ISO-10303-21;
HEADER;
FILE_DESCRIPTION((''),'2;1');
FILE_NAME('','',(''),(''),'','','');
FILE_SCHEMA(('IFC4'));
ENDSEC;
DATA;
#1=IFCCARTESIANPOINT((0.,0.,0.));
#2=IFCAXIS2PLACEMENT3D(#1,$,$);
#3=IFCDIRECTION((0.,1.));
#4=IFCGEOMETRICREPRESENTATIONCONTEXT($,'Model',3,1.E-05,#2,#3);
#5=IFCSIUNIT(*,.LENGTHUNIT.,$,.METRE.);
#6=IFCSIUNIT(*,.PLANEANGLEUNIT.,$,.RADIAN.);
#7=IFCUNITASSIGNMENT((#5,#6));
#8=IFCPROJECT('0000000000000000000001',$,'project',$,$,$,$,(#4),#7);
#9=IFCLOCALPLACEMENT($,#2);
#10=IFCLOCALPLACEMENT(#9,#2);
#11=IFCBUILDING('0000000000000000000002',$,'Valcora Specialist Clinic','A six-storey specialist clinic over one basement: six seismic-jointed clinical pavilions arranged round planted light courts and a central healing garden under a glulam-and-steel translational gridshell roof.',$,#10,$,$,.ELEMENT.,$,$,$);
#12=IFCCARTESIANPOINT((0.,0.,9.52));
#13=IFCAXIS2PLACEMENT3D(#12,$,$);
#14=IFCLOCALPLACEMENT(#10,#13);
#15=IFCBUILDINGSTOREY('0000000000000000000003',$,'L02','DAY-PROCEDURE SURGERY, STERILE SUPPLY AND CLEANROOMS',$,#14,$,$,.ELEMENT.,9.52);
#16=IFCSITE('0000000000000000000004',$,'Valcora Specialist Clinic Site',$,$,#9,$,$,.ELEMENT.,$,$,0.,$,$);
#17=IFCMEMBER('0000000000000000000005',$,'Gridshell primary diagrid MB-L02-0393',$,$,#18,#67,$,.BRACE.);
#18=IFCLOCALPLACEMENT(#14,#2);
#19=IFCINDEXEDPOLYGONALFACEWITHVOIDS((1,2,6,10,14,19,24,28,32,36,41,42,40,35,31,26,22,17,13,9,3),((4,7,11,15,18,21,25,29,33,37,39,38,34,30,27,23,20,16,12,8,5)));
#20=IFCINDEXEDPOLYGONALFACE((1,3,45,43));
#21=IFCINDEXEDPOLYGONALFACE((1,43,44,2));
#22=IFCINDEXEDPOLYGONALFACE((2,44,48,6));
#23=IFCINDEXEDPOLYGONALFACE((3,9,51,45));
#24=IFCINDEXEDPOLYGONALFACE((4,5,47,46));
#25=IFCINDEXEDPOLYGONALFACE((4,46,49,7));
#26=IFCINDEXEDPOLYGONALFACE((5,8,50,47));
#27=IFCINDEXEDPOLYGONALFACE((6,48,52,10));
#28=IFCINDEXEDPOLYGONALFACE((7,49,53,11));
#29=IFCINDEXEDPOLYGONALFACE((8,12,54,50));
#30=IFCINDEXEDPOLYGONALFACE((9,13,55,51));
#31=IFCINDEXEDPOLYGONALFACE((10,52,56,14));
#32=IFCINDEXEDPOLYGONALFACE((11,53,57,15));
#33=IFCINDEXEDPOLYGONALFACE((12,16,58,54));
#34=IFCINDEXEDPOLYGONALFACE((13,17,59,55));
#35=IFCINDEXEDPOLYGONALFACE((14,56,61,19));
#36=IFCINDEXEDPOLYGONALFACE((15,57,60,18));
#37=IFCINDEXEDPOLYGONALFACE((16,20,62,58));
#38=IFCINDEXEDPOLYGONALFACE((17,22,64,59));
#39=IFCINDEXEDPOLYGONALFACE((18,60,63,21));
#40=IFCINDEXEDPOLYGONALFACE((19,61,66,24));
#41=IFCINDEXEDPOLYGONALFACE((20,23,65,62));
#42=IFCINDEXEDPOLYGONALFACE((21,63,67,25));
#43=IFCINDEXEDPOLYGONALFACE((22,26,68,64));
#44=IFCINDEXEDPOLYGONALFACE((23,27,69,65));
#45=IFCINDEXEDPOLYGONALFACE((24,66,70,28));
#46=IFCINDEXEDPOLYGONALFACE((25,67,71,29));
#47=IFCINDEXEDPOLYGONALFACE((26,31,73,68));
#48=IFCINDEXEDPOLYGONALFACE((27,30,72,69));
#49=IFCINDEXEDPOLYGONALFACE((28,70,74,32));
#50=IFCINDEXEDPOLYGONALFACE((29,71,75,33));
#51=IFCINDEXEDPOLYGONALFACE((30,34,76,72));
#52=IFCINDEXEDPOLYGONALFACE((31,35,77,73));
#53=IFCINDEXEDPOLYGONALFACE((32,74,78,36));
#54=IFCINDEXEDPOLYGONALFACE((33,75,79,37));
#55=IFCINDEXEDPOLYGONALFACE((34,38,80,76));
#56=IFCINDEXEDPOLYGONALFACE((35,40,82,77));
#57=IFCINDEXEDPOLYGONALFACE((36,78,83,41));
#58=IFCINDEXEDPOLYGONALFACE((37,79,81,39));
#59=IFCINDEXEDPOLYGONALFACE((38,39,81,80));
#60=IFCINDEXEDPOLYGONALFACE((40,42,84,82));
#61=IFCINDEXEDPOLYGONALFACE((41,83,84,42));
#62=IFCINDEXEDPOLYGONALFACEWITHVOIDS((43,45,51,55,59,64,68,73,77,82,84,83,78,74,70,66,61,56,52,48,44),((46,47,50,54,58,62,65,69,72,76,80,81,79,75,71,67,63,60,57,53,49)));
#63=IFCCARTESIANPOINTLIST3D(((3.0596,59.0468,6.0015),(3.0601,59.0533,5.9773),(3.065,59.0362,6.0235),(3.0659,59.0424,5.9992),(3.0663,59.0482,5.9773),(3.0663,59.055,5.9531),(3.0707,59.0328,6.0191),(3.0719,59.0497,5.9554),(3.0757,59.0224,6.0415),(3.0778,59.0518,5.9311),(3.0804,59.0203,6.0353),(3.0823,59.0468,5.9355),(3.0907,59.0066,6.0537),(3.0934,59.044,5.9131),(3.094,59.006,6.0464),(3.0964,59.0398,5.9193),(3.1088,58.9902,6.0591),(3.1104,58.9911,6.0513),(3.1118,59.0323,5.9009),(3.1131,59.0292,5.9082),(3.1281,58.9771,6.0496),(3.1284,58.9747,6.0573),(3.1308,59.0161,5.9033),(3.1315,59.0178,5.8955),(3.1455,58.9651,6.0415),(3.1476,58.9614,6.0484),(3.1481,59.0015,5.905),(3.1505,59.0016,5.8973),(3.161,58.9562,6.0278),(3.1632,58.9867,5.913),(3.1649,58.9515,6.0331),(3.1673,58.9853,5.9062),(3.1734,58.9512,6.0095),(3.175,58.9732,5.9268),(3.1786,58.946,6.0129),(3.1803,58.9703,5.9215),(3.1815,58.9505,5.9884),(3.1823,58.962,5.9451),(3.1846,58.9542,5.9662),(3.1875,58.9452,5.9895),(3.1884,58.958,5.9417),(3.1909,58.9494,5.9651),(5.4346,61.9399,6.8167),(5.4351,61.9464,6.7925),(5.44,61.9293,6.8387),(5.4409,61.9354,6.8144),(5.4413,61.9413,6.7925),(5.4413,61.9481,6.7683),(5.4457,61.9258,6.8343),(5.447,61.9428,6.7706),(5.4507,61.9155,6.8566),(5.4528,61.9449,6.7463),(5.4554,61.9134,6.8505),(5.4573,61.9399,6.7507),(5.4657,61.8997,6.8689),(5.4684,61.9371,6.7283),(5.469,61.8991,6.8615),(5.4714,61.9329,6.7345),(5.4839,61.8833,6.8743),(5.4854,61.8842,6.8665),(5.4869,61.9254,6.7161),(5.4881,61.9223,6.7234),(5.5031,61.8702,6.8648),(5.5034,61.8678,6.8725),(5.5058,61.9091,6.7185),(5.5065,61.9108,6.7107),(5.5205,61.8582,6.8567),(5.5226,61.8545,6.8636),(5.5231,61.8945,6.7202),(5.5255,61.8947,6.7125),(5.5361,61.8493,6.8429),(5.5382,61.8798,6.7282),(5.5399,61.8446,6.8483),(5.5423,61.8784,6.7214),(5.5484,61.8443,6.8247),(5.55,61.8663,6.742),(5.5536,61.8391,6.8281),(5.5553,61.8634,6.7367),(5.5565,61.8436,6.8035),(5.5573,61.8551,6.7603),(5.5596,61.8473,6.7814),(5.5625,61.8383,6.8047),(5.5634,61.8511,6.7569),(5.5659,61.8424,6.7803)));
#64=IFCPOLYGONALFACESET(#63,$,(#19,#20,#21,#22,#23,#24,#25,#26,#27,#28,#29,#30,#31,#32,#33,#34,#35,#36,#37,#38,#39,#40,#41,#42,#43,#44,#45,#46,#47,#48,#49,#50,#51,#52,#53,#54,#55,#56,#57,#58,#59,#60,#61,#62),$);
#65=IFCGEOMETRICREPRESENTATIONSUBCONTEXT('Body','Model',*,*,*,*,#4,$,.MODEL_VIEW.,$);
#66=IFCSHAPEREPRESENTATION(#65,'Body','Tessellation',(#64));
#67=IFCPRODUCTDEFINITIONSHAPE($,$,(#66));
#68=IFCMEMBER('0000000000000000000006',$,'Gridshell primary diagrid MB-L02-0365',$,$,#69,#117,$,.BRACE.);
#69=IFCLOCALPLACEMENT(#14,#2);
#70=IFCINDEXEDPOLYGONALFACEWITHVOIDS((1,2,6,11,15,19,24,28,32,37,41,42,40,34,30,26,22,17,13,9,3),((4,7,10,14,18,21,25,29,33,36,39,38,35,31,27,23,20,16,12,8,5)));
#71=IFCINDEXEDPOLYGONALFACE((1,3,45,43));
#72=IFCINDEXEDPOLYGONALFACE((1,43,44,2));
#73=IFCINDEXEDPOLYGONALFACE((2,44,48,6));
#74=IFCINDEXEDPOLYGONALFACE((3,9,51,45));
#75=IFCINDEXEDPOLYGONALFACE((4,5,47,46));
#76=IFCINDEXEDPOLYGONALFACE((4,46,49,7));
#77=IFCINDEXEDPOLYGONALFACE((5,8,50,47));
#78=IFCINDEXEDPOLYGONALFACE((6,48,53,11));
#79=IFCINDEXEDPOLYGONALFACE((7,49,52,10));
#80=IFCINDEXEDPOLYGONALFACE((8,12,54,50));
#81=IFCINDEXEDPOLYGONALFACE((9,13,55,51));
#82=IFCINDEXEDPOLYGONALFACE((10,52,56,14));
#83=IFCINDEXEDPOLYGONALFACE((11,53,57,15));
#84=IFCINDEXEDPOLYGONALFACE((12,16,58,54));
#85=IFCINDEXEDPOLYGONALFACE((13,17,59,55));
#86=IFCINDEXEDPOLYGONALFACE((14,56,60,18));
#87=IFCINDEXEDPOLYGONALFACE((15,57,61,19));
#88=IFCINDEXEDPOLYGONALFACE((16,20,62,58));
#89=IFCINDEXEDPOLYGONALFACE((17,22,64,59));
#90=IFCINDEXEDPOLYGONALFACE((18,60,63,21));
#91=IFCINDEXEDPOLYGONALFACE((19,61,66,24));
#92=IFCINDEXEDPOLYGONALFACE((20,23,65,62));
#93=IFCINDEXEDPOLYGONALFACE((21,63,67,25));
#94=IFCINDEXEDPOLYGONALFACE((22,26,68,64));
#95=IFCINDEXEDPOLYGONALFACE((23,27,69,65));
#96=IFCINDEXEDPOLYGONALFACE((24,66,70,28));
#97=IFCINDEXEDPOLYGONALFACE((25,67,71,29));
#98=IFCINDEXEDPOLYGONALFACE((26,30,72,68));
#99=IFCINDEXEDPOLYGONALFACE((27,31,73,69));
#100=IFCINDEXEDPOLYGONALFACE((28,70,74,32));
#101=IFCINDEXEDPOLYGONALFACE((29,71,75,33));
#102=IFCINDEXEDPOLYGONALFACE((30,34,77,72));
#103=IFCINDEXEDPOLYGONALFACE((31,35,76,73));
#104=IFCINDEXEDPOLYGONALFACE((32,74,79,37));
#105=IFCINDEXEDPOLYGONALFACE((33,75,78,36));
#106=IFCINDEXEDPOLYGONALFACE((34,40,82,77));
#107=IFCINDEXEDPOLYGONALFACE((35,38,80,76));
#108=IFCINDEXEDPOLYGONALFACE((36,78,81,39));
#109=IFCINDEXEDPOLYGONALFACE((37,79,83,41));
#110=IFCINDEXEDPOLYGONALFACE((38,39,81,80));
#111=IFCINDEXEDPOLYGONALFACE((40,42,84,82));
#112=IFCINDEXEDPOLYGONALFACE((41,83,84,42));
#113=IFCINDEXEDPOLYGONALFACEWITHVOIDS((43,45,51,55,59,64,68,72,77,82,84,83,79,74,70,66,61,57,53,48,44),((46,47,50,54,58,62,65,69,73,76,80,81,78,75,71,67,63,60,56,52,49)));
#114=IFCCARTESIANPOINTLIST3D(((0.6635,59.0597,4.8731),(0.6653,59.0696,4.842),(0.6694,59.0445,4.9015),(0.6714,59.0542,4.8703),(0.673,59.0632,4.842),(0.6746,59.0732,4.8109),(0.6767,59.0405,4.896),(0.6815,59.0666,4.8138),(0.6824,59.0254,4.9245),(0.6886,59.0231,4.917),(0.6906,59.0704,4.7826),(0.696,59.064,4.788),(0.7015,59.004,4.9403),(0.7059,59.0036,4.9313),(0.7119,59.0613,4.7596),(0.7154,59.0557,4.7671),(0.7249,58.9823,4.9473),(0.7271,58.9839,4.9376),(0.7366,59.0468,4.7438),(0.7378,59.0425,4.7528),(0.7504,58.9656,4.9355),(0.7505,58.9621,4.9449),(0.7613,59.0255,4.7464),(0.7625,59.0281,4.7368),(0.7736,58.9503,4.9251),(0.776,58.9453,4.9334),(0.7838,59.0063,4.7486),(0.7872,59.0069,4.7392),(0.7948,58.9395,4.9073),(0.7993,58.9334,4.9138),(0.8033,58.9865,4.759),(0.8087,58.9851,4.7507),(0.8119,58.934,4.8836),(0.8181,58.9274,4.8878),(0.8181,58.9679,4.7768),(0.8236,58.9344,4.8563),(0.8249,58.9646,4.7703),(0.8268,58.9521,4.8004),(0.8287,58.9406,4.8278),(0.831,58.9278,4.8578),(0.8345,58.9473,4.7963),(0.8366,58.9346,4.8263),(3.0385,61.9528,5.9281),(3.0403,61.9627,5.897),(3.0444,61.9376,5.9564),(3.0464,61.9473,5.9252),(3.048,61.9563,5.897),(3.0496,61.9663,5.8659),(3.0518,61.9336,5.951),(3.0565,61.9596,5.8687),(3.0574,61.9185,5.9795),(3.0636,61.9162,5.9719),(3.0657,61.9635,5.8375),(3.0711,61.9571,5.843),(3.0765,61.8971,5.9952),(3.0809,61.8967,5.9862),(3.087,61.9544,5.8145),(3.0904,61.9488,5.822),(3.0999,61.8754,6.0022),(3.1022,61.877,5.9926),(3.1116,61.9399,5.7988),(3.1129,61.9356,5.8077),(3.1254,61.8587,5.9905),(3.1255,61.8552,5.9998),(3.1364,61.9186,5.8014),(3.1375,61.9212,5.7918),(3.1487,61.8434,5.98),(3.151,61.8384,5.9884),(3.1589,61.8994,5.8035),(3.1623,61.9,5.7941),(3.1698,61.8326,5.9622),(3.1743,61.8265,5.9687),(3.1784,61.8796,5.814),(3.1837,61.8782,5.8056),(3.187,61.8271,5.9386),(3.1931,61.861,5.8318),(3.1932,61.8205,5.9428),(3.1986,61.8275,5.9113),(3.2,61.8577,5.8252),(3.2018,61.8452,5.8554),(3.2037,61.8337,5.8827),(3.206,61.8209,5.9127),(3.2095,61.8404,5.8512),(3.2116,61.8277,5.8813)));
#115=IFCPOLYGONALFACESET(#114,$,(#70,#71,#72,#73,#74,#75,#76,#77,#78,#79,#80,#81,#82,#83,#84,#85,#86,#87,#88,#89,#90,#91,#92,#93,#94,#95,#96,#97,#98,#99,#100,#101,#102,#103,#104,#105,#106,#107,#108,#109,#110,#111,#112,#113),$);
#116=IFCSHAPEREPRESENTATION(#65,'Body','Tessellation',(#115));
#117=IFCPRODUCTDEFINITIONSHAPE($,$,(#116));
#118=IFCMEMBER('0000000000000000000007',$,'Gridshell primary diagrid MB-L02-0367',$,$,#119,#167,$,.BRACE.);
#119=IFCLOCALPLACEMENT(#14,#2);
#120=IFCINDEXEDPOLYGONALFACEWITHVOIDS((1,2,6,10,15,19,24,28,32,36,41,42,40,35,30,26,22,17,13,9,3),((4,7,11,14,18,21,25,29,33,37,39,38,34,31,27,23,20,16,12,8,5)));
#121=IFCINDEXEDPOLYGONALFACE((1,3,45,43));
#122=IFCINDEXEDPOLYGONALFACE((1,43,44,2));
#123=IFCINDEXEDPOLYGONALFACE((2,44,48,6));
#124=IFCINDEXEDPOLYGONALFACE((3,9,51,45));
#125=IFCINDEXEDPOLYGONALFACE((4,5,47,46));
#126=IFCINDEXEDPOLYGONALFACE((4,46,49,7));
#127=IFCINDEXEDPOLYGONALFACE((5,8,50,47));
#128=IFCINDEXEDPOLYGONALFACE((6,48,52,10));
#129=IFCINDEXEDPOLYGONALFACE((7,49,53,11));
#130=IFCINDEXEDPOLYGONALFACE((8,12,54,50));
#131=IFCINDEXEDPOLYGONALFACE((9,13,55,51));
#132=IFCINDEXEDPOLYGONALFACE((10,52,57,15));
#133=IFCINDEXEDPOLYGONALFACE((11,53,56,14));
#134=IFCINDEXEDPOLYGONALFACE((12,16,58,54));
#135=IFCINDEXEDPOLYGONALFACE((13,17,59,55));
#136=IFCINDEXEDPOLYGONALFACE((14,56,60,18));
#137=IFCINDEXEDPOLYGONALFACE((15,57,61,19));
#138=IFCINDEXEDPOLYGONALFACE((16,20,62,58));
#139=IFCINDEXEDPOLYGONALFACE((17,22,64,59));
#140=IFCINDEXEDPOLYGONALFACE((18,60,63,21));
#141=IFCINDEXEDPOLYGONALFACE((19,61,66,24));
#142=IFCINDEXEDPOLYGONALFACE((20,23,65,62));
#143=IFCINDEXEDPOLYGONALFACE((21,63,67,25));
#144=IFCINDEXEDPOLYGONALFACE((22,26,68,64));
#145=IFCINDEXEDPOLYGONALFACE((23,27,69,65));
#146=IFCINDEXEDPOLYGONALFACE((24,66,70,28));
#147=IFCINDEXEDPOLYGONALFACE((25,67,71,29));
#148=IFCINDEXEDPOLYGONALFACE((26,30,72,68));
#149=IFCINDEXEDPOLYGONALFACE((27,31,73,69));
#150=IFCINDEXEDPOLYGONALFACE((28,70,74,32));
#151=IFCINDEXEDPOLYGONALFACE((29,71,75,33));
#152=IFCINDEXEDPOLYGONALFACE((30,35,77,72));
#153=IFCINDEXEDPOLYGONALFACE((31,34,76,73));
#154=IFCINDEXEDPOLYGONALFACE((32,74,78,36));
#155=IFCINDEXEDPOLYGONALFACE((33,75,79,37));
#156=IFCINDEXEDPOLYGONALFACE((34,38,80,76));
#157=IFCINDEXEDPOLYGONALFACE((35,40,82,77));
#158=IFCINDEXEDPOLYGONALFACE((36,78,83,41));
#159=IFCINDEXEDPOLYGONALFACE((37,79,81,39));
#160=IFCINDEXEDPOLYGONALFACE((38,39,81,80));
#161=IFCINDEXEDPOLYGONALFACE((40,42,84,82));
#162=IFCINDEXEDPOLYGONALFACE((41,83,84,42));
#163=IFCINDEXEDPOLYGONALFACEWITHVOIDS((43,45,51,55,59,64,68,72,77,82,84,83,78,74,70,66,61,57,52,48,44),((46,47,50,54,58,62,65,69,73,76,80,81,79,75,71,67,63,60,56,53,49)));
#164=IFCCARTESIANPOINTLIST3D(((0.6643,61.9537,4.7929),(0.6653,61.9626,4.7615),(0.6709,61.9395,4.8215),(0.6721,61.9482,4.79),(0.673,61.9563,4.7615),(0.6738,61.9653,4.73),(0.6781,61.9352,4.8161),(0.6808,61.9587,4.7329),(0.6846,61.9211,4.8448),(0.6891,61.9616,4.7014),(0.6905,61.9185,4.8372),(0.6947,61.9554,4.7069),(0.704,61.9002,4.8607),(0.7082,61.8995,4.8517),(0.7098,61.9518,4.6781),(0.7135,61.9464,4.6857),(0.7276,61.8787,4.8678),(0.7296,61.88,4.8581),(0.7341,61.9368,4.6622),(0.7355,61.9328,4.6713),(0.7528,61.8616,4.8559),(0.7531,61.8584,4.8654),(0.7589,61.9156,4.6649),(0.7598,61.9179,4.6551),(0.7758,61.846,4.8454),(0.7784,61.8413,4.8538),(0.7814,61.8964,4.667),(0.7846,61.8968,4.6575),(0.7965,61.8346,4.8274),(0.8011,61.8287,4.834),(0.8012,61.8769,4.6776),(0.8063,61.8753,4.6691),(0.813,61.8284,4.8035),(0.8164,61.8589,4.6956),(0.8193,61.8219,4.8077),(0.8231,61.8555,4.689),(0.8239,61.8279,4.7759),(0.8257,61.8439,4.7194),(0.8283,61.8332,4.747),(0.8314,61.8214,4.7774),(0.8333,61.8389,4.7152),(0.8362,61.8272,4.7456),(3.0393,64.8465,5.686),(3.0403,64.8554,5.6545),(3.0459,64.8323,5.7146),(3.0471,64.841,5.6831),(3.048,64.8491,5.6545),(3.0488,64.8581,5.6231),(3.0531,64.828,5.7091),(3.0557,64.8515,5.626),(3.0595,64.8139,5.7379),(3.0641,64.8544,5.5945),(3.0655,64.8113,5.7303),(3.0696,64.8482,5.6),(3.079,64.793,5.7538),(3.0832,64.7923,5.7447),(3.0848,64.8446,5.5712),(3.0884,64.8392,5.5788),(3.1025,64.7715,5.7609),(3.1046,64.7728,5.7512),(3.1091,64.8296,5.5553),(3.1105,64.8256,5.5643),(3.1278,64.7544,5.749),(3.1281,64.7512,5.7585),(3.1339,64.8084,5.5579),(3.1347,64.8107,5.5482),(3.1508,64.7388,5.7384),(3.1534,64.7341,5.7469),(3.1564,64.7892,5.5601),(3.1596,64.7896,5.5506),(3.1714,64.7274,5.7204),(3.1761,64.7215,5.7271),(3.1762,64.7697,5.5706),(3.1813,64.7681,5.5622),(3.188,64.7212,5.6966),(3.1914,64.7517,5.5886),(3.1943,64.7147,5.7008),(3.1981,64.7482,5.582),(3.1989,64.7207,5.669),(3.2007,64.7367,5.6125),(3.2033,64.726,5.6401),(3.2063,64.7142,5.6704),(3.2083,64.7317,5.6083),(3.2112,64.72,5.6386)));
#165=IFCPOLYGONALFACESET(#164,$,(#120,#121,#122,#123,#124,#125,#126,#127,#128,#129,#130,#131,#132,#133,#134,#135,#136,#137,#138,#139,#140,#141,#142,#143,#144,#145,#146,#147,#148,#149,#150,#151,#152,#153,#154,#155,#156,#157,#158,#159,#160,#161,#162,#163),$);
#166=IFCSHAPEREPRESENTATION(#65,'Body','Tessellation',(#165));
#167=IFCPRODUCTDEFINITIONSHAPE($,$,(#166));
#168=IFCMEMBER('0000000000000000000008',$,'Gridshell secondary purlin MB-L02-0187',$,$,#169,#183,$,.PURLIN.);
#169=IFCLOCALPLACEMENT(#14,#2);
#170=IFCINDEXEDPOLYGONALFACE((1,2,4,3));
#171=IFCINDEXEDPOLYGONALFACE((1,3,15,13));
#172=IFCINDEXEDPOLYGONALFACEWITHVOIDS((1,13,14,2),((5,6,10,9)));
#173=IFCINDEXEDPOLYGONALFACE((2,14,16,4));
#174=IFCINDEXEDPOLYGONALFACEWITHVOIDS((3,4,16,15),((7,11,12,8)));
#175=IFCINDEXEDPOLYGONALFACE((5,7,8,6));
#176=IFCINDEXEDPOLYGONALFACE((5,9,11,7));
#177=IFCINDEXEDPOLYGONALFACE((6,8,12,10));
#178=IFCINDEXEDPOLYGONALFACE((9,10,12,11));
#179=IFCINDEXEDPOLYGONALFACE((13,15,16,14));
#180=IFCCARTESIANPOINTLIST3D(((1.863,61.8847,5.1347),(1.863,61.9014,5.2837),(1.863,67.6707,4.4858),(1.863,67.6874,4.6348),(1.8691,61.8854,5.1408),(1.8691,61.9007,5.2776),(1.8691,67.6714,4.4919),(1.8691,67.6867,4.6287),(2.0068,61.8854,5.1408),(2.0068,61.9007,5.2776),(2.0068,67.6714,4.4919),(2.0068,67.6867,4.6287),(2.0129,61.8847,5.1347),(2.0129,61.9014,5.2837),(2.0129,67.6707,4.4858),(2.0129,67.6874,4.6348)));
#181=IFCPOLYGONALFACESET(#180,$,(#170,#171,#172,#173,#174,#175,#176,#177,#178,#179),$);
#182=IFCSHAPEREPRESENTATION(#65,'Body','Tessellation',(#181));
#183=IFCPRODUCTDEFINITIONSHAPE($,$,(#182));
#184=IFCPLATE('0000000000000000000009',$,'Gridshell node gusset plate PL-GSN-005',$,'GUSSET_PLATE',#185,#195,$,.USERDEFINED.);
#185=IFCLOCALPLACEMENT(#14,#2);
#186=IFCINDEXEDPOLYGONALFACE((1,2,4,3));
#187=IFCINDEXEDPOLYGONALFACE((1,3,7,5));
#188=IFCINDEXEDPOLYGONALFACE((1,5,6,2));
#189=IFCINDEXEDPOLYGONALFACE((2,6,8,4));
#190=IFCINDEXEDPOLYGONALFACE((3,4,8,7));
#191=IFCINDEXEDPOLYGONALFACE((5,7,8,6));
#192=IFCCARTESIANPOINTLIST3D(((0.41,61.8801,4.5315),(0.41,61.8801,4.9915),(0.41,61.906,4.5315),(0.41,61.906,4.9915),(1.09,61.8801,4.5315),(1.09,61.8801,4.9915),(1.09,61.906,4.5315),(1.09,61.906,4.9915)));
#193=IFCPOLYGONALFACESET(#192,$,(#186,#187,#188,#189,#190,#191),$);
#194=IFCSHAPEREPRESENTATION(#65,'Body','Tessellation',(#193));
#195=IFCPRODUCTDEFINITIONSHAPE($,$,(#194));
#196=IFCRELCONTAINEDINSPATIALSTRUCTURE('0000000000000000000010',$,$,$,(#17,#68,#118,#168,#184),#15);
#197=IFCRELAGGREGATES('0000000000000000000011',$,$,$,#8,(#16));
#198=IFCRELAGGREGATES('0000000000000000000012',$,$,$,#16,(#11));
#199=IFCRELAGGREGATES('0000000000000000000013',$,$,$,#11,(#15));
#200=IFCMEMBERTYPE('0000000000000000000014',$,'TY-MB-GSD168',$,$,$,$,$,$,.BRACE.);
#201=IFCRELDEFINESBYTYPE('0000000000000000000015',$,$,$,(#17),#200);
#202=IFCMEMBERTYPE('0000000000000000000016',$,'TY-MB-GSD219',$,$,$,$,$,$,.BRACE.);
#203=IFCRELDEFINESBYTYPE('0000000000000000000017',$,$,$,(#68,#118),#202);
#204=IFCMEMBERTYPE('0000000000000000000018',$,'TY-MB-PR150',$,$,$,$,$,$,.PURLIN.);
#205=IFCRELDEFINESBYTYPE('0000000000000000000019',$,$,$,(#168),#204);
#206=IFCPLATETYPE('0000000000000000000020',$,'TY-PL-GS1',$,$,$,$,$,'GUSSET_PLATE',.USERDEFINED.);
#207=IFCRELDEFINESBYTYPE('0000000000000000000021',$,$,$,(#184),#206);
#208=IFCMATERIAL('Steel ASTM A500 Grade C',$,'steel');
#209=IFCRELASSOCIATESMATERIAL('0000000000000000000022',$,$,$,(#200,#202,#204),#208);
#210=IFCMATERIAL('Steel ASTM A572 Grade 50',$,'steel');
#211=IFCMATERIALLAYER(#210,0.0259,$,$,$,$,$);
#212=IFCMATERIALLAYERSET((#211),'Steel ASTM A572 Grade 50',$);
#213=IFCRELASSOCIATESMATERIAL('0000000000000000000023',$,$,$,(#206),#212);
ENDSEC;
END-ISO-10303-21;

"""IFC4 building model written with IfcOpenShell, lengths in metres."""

from ifc_helpers import new_model, si_unit, direction, frame, origin, origin_2d, place, context, subcontext, project, spatial, rectangle, hollow_rectangle, hollow_circle, extrude, material, layer, layer_set, material_profile, profile_set, type_object, element, save


model = new_model("IFC4")

# Units and contexts
model_context = context("Model", 3, precision=1e-05, world=origin(), true_north=direction((0.0, 1.0)))
body_context = subcontext(model_context, "Body", "Model", "MODEL_VIEW")
ifc_project = project(units=[si_unit("LENGTHUNIT", "METRE"), si_unit("PLANEANGLEUNIT", "RADIAN")], contexts=[model_context])

# Site, building, storey
site_placement = place(None, origin())
site = spatial("IfcSite", under=ifc_project, at=site_placement, Name="Valcora Specialist Clinic Site", CompositionType="ELEMENT", RefElevation=0.0)
building_placement = place(site_placement, origin())
building = spatial("IfcBuilding", under=site, at=building_placement, Name="Valcora Specialist Clinic", Description="A six-storey specialist clinic over one basement: six seismic-jointed clinical pavilions arranged round planted light courts and a central healing garden under a glulam-and-steel translational gridshell roof.", CompositionType="ELEMENT")
storey_placement = place(building_placement, frame((0.0, 0.0, 9.52)))
storey = spatial("IfcBuildingStorey", under=building, at=storey_placement, Name="L02", Description="DAY-PROCEDURE SURGERY, STERILE SUPPLY AND CLEANROOMS", CompositionType="ELEMENT", Elevation=9.52)

# Members
ifc_material_1 = material(Name="Steel ASTM A500 Grade C", Category="steel")
ifc_material_profile_1 = material_profile(ifc_material_1, hollow_circle(Radius=0.084, WallThickness=0.0081, at=origin_2d()), Name="ST-CHS-168X8")
ifc_profile_set_1 = profile_set([ifc_material_profile_1], Name="Steel ASTM A500 Grade C")
member_type_1 = type_object("IfcMemberType", Name="TY-MB-GSD168", PredefinedType="BRACE", material=ifc_profile_set_1)
member_1_placement = place(storey_placement, frame((3.125, 59.0, 5.9773), z_axis=(0.619976, 0.755213, 0.212798), x_axis=(-0.772916, 0.634508, 0.0)))
element("IfcMember", 1, at=member_1_placement, inside=storey, type_object=member_type_1, Name="Gridshell primary diagrid MB-L02-0393", PredefinedType="BRACE", context=body_context, shape_type="SweptSolid", body=[
    extrude(hollow_circle(Radius=0.084, WallThickness=0.0081, at=origin_2d()), origin(), (0.0, 0.0, 1.0), 3.8308),
])
ifc_material_profile_2 = material_profile(ifc_material_1, hollow_circle(Radius=0.1096, WallThickness=0.01, at=origin_2d()), Name="ST-CHS-219X10")
ifc_profile_set_2 = profile_set([ifc_material_profile_2], Name="Steel ASTM A500 Grade C")
member_type_2 = type_object("IfcMemberType", Name="TY-MB-GSD219", PredefinedType="BRACE", material=ifc_profile_set_2)
member_2_placement = place(storey_placement, frame((0.75, 59.0, 4.842), z_axis=(0.610717, 0.743934, 0.271269), x_axis=(-0.772916, 0.634508, 0.0)))
element("IfcMember", 2, at=member_2_placement, inside=storey, type_object=member_type_2, Name="Gridshell primary diagrid MB-L02-0365", PredefinedType="BRACE", context=body_context, shape_type="SweptSolid", body=[
    extrude(hollow_circle(Radius=0.1096, WallThickness=0.01, at=origin_2d()), origin(), (0.0, 0.0, 1.0), 3.8889),
])
member_3_placement = place(storey_placement, frame((0.75, 61.8931, 4.7615), z_axis=(0.617214, 0.751785, 0.23209), x_axis=(-0.77289, 0.63454, 0.0)))
element("IfcMember", 3, at=member_3_placement, inside=storey, type_object=member_type_2, Name="Gridshell primary diagrid MB-L02-0367", PredefinedType="BRACE", context=body_context, shape_type="SweptSolid", body=[
    extrude(hollow_circle(Radius=0.1096, WallThickness=0.01, at=origin_2d()), origin(), (0.0, 0.0, 1.0), 3.8479),
])
ifc_material_profile_3 = material_profile(ifc_material_1, hollow_rectangle(XDim=0.1499, YDim=0.1499, WallThickness=0.0061, at=origin_2d()), Name="ST-RHS-150X150X6")
ifc_profile_set_3 = profile_set([ifc_material_profile_3], Name="Steel ASTM A500 Grade C")
member_type_3 = type_object("IfcMemberType", Name="TY-MB-PR150", PredefinedType="PURLIN", material=ifc_profile_set_3)
member_4_placement = place(storey_placement, frame((1.938, 61.8931, 5.2092), z_axis=(0.0, 0.993769, -0.111458), x_axis=(-1.0, 0.0, 0.0)))
element("IfcMember", 4, at=member_4_placement, inside=storey, type_object=member_type_3, Name="Gridshell secondary purlin MB-L02-0187", PredefinedType="PURLIN", context=body_context, shape_type="SweptSolid", body=[
    extrude(hollow_rectangle(XDim=0.1499, YDim=0.1499, WallThickness=0.0061, at=origin_2d()), origin(), (0.0, 0.0, 1.0), 5.8223),
])

# Plate
ifc_material_2 = material(Name="Steel ASTM A572 Grade 50", Category="steel")
ifc_layer_1 = layer(ifc_material_2, 0.0259)
ifc_layer_set_1 = layer_set([ifc_layer_1], Name="Steel ASTM A572 Grade 50")
plate_type_1 = type_object("IfcPlateType", Name="TY-PL-GS1", ElementType="GUSSET_PLATE", PredefinedType="USERDEFINED", material=ifc_layer_set_1)
plate_placement = place(storey_placement, frame((0.75, 61.8931, 4.5315), z_axis=(0.0, 0.0, 1.0), x_axis=(1.0, 0.0, 0.0)))
element("IfcPlate", 5, at=plate_placement, inside=storey, type_object=plate_type_1, Name="Gridshell node gusset plate PL-GSN-005", ObjectType="GUSSET_PLATE", PredefinedType="USERDEFINED", context=body_context, shape_type="SweptSolid", body=[
    extrude(rectangle(XDim=0.6799, YDim=0.0259, at=origin_2d()), origin(), (0.0, 0.0, 1.0), 0.46),
])

save(model, "model.ifc")
